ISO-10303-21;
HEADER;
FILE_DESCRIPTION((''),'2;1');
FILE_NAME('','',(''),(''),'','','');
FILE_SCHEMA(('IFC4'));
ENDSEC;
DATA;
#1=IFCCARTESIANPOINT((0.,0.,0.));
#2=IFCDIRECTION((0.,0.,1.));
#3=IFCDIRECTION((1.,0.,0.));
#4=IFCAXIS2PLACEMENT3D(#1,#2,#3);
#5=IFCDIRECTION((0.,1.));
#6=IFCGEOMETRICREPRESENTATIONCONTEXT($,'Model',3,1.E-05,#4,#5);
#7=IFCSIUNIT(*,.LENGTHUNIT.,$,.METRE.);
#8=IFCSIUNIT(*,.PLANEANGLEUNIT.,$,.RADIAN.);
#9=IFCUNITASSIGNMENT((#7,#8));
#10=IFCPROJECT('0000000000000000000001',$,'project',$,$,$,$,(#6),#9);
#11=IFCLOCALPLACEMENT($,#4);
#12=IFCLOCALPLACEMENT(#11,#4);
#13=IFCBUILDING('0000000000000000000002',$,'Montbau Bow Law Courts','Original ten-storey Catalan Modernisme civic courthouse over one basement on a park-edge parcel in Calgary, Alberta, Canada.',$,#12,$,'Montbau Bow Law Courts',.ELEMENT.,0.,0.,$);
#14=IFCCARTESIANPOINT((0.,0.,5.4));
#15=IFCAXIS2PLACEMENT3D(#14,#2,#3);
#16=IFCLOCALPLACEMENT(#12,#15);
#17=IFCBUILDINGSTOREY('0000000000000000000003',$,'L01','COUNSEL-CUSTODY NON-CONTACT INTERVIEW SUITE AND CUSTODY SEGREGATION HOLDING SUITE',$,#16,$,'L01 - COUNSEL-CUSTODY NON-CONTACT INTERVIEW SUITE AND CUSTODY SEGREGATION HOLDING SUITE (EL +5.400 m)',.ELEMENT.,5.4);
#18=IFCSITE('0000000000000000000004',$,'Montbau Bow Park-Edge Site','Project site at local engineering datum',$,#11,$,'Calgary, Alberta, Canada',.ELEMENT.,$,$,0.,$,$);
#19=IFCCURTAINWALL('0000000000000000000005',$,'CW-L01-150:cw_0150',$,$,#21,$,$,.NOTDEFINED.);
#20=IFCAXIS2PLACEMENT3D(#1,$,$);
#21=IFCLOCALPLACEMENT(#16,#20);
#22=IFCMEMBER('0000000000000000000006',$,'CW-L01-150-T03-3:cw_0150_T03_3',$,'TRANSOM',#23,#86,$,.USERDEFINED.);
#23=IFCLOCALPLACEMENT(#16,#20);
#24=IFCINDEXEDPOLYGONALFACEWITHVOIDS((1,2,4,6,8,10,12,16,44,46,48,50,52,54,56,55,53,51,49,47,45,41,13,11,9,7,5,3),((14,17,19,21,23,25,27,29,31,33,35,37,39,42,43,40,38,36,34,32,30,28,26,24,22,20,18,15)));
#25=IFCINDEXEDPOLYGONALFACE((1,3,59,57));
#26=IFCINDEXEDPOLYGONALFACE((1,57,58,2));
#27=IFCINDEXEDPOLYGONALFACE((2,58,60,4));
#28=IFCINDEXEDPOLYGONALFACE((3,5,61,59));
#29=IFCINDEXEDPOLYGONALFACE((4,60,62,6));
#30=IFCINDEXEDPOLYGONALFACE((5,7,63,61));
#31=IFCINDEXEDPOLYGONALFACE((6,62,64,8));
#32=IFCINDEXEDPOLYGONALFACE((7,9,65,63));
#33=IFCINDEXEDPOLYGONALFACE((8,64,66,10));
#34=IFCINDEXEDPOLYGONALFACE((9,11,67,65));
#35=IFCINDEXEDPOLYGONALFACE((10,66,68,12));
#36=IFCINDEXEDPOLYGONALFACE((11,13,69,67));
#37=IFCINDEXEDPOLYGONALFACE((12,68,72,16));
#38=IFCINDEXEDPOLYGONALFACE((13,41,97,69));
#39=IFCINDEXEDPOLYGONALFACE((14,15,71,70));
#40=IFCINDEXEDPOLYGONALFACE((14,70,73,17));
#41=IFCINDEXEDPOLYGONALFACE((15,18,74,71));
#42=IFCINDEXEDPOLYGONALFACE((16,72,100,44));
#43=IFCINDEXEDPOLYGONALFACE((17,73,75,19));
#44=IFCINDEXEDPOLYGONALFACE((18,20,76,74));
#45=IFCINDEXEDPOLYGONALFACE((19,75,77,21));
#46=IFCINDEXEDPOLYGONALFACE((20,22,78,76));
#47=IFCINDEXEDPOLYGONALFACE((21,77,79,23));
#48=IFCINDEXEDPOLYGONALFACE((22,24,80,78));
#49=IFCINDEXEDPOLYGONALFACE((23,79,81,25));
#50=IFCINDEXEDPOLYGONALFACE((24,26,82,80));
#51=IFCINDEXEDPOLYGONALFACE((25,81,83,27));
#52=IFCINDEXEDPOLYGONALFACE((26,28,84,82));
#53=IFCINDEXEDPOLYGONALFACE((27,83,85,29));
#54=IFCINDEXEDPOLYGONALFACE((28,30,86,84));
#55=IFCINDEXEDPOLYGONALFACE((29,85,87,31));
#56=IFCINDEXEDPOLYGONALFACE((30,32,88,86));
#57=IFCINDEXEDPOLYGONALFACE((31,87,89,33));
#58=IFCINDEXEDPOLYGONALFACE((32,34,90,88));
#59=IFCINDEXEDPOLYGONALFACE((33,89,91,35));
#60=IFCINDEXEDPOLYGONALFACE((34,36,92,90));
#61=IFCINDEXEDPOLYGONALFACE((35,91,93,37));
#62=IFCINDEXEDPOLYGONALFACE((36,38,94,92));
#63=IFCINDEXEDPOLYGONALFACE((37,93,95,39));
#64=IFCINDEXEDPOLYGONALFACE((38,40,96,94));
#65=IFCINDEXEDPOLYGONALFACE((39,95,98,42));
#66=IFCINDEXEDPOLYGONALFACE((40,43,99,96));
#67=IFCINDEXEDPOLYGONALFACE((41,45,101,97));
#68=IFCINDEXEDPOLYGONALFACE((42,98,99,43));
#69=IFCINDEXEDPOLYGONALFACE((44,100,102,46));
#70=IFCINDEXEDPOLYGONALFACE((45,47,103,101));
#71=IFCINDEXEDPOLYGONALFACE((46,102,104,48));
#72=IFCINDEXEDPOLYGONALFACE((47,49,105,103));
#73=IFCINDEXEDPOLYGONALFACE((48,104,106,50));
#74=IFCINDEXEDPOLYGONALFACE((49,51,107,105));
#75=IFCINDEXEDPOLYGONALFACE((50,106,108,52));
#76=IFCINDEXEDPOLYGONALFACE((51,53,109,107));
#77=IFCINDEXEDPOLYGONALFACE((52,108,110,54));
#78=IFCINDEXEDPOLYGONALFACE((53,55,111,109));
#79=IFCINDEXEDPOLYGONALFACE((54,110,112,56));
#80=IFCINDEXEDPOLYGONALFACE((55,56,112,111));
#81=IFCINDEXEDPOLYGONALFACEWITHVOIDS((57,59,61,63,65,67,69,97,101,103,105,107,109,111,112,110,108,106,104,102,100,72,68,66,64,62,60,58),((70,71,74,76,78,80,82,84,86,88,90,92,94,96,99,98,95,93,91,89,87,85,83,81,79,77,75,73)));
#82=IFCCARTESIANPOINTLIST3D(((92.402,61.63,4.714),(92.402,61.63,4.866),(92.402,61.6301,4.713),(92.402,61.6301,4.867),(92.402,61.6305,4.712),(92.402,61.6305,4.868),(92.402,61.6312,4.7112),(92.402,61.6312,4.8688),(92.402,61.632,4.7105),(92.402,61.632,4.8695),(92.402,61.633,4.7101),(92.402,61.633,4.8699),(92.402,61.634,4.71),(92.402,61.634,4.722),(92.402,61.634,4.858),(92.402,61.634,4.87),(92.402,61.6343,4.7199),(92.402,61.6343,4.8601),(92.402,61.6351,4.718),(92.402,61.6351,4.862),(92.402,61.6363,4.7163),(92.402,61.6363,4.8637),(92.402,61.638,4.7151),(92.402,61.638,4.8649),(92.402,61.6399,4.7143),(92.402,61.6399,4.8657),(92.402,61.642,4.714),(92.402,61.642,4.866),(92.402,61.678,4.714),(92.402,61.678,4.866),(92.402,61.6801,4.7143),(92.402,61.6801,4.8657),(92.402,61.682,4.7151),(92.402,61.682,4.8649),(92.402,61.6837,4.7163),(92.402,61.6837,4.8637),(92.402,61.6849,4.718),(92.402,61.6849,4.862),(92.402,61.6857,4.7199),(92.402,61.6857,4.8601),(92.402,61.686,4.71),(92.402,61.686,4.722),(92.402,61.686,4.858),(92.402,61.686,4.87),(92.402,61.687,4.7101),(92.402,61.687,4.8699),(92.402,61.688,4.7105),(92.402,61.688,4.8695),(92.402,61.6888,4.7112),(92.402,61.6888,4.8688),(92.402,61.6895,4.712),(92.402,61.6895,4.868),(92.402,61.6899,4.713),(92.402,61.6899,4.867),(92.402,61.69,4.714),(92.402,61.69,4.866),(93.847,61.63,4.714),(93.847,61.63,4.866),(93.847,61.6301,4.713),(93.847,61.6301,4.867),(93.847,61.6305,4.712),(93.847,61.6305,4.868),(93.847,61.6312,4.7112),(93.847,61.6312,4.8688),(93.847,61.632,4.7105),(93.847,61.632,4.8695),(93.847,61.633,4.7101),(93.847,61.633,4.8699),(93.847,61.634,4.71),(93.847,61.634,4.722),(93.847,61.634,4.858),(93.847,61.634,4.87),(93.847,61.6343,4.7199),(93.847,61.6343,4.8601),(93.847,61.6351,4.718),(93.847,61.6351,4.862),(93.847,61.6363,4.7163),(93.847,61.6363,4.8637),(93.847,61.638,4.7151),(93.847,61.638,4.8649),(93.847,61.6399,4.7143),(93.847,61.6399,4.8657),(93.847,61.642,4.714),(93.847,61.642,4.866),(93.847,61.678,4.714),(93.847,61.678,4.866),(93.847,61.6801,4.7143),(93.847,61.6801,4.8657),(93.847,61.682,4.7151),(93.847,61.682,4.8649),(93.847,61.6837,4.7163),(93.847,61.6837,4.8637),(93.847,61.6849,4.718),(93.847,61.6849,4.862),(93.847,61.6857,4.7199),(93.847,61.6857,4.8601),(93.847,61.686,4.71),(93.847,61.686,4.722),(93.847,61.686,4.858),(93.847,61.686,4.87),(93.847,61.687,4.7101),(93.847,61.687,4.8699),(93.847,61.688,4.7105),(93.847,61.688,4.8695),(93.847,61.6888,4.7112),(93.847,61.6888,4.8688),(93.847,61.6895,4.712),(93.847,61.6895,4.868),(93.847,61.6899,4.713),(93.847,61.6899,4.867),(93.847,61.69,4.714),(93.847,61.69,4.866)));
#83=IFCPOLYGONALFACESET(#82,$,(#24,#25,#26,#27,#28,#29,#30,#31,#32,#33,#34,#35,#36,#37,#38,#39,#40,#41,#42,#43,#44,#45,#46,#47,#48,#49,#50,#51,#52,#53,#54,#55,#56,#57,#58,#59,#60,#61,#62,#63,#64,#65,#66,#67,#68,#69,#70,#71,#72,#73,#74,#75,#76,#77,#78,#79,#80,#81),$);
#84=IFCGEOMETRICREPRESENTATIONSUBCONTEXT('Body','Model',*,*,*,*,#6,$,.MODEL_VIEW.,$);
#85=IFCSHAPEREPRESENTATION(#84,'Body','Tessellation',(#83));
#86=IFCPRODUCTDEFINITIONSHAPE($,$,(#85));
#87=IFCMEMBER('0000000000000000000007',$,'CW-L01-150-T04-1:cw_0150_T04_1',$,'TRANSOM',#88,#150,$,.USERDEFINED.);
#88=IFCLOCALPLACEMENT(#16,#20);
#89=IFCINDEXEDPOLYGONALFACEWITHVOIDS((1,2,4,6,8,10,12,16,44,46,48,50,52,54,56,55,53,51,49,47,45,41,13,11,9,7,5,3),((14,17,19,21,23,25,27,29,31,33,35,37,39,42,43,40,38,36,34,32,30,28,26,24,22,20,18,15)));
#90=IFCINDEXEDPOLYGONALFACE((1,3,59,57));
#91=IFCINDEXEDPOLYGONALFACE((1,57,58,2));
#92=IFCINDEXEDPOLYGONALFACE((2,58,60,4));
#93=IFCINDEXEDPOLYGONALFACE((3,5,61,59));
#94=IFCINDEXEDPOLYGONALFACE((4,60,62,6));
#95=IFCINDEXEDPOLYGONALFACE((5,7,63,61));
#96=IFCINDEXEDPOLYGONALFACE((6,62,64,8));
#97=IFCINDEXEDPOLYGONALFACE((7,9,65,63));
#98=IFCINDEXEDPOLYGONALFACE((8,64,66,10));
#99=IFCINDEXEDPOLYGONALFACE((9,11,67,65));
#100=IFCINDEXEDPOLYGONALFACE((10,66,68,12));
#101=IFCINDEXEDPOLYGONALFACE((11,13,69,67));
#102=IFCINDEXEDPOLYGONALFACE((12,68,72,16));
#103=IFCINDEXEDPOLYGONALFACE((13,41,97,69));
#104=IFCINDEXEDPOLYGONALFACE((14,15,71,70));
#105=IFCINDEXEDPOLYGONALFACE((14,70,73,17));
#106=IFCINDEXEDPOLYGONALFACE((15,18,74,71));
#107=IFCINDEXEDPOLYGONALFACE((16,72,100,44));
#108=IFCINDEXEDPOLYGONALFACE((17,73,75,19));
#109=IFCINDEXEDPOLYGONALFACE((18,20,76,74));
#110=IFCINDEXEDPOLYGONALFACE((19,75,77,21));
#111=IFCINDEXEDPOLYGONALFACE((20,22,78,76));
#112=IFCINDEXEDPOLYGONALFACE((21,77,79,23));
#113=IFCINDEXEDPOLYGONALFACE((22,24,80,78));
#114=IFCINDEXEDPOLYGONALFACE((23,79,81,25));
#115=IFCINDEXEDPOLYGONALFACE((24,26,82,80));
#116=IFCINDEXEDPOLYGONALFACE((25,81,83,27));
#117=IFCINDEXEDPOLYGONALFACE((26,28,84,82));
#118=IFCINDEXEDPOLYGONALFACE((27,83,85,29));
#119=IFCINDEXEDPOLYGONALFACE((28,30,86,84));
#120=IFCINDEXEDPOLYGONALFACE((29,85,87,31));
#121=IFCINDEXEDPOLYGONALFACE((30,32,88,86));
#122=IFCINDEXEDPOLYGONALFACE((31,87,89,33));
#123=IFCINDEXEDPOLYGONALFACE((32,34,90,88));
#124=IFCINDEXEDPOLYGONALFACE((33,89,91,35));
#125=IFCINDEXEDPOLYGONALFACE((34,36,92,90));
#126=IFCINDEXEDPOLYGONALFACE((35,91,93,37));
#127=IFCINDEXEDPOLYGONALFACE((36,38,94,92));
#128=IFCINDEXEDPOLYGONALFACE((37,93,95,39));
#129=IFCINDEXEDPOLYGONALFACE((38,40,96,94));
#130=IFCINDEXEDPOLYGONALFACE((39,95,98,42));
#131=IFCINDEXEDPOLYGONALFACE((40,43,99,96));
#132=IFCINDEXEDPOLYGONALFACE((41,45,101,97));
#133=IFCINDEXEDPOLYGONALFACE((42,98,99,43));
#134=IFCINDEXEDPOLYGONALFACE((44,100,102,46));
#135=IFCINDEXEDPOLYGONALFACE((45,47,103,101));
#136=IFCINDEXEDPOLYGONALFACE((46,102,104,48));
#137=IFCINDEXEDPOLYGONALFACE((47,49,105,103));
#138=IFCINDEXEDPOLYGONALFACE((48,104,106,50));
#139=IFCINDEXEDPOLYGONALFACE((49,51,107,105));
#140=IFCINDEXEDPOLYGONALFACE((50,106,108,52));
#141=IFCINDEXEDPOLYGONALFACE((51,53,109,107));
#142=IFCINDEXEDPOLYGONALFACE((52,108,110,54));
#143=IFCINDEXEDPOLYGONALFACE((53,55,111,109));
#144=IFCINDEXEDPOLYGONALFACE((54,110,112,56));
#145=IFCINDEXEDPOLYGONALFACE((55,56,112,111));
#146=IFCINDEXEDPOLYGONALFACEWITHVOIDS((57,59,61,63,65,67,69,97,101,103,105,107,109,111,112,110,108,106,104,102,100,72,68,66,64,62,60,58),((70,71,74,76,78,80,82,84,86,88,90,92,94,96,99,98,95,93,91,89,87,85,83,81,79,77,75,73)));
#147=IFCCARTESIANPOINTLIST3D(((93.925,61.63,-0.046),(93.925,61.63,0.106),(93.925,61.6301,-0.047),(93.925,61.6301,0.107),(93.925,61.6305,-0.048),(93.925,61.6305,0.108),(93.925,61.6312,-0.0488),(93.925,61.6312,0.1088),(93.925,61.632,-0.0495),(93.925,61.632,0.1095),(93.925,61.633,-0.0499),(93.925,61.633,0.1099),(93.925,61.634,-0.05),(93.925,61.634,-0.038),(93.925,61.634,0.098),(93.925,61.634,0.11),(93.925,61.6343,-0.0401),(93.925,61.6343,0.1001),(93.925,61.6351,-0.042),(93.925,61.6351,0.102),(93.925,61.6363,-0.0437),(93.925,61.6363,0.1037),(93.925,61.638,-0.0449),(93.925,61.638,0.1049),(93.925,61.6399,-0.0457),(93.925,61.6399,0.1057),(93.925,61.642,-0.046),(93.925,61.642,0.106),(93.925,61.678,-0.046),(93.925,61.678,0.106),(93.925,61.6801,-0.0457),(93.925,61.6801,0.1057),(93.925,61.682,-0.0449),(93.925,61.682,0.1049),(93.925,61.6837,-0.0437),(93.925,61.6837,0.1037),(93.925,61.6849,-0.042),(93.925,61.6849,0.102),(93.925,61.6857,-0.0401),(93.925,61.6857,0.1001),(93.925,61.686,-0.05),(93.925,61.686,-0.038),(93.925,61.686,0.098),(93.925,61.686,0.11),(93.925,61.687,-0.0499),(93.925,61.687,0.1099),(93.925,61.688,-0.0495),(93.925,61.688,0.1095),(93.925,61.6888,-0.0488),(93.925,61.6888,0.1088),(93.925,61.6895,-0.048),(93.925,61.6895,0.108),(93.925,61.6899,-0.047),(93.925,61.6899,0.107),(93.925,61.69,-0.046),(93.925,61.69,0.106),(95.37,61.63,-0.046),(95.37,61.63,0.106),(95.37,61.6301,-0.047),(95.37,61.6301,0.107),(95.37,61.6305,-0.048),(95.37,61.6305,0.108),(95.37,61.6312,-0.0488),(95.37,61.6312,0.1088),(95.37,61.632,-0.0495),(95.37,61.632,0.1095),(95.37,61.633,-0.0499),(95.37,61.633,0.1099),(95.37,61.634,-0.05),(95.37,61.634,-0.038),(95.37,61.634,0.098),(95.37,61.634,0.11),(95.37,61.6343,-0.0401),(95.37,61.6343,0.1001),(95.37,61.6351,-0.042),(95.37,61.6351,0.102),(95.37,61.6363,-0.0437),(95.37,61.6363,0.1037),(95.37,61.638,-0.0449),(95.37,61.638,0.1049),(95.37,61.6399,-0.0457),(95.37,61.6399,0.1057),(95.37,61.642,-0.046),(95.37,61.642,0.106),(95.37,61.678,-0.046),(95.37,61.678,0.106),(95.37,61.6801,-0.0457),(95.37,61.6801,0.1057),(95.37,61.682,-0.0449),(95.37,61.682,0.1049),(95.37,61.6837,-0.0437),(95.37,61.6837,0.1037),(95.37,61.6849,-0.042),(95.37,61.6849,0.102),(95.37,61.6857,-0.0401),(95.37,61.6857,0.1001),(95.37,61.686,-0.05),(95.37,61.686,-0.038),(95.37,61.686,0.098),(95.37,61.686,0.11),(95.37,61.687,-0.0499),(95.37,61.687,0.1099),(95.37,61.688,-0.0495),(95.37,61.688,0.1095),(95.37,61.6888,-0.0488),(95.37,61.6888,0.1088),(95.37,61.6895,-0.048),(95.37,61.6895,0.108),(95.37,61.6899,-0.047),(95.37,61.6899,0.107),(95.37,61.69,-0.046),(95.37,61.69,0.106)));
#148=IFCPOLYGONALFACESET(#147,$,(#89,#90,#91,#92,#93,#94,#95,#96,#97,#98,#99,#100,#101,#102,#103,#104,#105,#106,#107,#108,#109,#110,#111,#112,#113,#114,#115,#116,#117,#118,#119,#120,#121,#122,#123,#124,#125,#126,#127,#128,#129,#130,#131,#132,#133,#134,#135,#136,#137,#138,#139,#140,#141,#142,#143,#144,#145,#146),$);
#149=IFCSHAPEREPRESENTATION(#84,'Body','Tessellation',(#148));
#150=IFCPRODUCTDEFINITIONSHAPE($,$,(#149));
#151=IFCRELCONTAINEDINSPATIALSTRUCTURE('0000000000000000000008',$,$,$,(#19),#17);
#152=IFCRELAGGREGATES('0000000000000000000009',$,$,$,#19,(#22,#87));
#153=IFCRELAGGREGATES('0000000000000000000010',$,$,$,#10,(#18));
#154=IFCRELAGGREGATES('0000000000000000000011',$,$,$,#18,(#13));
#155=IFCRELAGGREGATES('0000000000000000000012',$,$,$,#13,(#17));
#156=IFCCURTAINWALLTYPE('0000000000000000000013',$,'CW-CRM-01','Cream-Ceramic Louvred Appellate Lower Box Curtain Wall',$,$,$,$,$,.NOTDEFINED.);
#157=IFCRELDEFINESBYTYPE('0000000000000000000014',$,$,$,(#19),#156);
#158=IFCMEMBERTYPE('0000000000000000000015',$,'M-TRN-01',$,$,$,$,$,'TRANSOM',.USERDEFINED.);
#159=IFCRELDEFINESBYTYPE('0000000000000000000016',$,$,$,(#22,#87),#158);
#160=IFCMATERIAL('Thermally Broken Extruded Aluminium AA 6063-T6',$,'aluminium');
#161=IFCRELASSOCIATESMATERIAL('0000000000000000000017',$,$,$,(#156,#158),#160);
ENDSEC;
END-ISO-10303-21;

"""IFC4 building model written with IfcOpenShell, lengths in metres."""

from ifc_helpers import new_model, si_unit, direction, frame, origin_with_axes, origin_2d_with_axis, place, context, subcontext, project, spatial, hollow_rectangle, extrude, material, material_profile, profile_set, type_object, element, aggregate, save


model = new_model("IFC4")

# Units and contexts
model_context = context("Model", 3, precision=1e-05, world=origin_with_axes(), true_north=direction((0.0, 1.0)))
body_context = subcontext(model_context, "Body", "Model", "MODEL_VIEW")
ifc_project = project(units=[si_unit("LENGTHUNIT", "METRE"), si_unit("PLANEANGLEUNIT", "RADIAN")], contexts=[model_context])

# Site, building, storey
site_placement = place(None, origin_with_axes())
site = spatial("IfcSite", under=ifc_project, at=site_placement, Name="Montbau Bow Park-Edge Site", Description="Project site at local engineering datum", LongName="Calgary, Alberta, Canada", CompositionType="ELEMENT", RefElevation=0.0)
building_placement = place(site_placement, origin_with_axes())
building = spatial("IfcBuilding", under=site, at=building_placement, Name="Montbau Bow Law Courts", Description="Original ten-storey Catalan Modernisme civic courthouse over one basement on a park-edge parcel in Calgary, Alberta, Canada.", LongName="Montbau Bow Law Courts", CompositionType="ELEMENT", ElevationOfRefHeight=0.0, ElevationOfTerrain=0.0)
storey_placement = place(building_placement, frame((0.0, 0.0, 5.4), z_axis=(0.0, 0.0, 1.0), x_axis=(1.0, 0.0, 0.0)))
storey = spatial("IfcBuildingStorey", under=building, at=storey_placement, Name="L01", Description="COUNSEL-CUSTODY NON-CONTACT INTERVIEW SUITE AND CUSTODY SEGREGATION HOLDING SUITE", LongName="L01 - COUNSEL-CUSTODY NON-CONTACT INTERVIEW SUITE AND CUSTODY SEGREGATION HOLDING SUITE (EL +5.400 m)", CompositionType="ELEMENT", Elevation=5.4)

# Curtain wall, members
ifc_material_1 = material(Name="Thermally Broken Extruded Aluminium AA 6063-T6", Category="aluminium")
curtain_wall_type = type_object("IfcCurtainWallType", Name="CW-CRM-01", Description="Cream-Ceramic Louvred Appellate Lower Box Curtain Wall", PredefinedType="NOTDEFINED", material=ifc_material_1)
curtain_wall_placement = place(None, frame((89.315, 61.66, 5.4), z_axis=(0.0, 0.0, 1.0), x_axis=(1.0, 0.0, 0.0)))
curtain_wall = element("IfcCurtainWall", 1, at=curtain_wall_placement, inside=storey, type_object=curtain_wall_type, Name="CW-L01-150:cw_0150", PredefinedType="NOTDEFINED")
ifc_material_profile_1 = material_profile(ifc_material_1, hollow_rectangle(XDim=0.06, YDim=0.16, WallThickness=0.004, InnerFilletRadius=0.008, OuterFilletRadius=0.004, at=origin_2d_with_axis()), Name="CWT-160X60", Category="Main", Priority=0)
ifc_profile_set_1 = profile_set([ifc_material_profile_1], Name="Thermally Broken Extruded Aluminium AA 6063-T6")
member_type_1 = type_object("IfcMemberType", Name="M-TRN-01", ElementType="TRANSOM", PredefinedType="USERDEFINED", material=ifc_profile_set_1)
member_1_placement = place(None, frame((92.402, 61.66, 10.19), z_axis=(1.0, 0.0, 0.0), x_axis=(0.0, 1.0, 0.0)))
member_1 = element("IfcMember", 2, at=member_1_placement, type_object=member_type_1, Name="CW-L01-150-T03-3:cw_0150_T03_3", ObjectType="TRANSOM", PredefinedType="USERDEFINED", context=body_context, shape_type="SweptSolid", body=[
    extrude(hollow_rectangle(XDim=0.06, YDim=0.16, WallThickness=0.004, InnerFilletRadius=0.008, OuterFilletRadius=0.004, at=origin_2d_with_axis()), origin_with_axes(), (0.0, 0.0, 1.0), 1.445),
])
member_2_placement = place(None, frame((93.925, 61.66, 5.43), z_axis=(1.0, 0.0, 0.0), x_axis=(0.0, 1.0, 0.0)))
member_2 = element("IfcMember", 3, at=member_2_placement, type_object=member_type_1, Name="CW-L01-150-T04-1:cw_0150_T04_1", ObjectType="TRANSOM", PredefinedType="USERDEFINED", context=body_context, shape_type="SweptSolid", body=[
    extrude(hollow_rectangle(XDim=0.06, YDim=0.16, WallThickness=0.004, InnerFilletRadius=0.008, OuterFilletRadius=0.004, at=origin_2d_with_axis()), origin_with_axes(), (0.0, 0.0, 1.0), 1.445),
])
aggregate(curtain_wall, [member_1, member_2])

save(model, "model.ifc")
